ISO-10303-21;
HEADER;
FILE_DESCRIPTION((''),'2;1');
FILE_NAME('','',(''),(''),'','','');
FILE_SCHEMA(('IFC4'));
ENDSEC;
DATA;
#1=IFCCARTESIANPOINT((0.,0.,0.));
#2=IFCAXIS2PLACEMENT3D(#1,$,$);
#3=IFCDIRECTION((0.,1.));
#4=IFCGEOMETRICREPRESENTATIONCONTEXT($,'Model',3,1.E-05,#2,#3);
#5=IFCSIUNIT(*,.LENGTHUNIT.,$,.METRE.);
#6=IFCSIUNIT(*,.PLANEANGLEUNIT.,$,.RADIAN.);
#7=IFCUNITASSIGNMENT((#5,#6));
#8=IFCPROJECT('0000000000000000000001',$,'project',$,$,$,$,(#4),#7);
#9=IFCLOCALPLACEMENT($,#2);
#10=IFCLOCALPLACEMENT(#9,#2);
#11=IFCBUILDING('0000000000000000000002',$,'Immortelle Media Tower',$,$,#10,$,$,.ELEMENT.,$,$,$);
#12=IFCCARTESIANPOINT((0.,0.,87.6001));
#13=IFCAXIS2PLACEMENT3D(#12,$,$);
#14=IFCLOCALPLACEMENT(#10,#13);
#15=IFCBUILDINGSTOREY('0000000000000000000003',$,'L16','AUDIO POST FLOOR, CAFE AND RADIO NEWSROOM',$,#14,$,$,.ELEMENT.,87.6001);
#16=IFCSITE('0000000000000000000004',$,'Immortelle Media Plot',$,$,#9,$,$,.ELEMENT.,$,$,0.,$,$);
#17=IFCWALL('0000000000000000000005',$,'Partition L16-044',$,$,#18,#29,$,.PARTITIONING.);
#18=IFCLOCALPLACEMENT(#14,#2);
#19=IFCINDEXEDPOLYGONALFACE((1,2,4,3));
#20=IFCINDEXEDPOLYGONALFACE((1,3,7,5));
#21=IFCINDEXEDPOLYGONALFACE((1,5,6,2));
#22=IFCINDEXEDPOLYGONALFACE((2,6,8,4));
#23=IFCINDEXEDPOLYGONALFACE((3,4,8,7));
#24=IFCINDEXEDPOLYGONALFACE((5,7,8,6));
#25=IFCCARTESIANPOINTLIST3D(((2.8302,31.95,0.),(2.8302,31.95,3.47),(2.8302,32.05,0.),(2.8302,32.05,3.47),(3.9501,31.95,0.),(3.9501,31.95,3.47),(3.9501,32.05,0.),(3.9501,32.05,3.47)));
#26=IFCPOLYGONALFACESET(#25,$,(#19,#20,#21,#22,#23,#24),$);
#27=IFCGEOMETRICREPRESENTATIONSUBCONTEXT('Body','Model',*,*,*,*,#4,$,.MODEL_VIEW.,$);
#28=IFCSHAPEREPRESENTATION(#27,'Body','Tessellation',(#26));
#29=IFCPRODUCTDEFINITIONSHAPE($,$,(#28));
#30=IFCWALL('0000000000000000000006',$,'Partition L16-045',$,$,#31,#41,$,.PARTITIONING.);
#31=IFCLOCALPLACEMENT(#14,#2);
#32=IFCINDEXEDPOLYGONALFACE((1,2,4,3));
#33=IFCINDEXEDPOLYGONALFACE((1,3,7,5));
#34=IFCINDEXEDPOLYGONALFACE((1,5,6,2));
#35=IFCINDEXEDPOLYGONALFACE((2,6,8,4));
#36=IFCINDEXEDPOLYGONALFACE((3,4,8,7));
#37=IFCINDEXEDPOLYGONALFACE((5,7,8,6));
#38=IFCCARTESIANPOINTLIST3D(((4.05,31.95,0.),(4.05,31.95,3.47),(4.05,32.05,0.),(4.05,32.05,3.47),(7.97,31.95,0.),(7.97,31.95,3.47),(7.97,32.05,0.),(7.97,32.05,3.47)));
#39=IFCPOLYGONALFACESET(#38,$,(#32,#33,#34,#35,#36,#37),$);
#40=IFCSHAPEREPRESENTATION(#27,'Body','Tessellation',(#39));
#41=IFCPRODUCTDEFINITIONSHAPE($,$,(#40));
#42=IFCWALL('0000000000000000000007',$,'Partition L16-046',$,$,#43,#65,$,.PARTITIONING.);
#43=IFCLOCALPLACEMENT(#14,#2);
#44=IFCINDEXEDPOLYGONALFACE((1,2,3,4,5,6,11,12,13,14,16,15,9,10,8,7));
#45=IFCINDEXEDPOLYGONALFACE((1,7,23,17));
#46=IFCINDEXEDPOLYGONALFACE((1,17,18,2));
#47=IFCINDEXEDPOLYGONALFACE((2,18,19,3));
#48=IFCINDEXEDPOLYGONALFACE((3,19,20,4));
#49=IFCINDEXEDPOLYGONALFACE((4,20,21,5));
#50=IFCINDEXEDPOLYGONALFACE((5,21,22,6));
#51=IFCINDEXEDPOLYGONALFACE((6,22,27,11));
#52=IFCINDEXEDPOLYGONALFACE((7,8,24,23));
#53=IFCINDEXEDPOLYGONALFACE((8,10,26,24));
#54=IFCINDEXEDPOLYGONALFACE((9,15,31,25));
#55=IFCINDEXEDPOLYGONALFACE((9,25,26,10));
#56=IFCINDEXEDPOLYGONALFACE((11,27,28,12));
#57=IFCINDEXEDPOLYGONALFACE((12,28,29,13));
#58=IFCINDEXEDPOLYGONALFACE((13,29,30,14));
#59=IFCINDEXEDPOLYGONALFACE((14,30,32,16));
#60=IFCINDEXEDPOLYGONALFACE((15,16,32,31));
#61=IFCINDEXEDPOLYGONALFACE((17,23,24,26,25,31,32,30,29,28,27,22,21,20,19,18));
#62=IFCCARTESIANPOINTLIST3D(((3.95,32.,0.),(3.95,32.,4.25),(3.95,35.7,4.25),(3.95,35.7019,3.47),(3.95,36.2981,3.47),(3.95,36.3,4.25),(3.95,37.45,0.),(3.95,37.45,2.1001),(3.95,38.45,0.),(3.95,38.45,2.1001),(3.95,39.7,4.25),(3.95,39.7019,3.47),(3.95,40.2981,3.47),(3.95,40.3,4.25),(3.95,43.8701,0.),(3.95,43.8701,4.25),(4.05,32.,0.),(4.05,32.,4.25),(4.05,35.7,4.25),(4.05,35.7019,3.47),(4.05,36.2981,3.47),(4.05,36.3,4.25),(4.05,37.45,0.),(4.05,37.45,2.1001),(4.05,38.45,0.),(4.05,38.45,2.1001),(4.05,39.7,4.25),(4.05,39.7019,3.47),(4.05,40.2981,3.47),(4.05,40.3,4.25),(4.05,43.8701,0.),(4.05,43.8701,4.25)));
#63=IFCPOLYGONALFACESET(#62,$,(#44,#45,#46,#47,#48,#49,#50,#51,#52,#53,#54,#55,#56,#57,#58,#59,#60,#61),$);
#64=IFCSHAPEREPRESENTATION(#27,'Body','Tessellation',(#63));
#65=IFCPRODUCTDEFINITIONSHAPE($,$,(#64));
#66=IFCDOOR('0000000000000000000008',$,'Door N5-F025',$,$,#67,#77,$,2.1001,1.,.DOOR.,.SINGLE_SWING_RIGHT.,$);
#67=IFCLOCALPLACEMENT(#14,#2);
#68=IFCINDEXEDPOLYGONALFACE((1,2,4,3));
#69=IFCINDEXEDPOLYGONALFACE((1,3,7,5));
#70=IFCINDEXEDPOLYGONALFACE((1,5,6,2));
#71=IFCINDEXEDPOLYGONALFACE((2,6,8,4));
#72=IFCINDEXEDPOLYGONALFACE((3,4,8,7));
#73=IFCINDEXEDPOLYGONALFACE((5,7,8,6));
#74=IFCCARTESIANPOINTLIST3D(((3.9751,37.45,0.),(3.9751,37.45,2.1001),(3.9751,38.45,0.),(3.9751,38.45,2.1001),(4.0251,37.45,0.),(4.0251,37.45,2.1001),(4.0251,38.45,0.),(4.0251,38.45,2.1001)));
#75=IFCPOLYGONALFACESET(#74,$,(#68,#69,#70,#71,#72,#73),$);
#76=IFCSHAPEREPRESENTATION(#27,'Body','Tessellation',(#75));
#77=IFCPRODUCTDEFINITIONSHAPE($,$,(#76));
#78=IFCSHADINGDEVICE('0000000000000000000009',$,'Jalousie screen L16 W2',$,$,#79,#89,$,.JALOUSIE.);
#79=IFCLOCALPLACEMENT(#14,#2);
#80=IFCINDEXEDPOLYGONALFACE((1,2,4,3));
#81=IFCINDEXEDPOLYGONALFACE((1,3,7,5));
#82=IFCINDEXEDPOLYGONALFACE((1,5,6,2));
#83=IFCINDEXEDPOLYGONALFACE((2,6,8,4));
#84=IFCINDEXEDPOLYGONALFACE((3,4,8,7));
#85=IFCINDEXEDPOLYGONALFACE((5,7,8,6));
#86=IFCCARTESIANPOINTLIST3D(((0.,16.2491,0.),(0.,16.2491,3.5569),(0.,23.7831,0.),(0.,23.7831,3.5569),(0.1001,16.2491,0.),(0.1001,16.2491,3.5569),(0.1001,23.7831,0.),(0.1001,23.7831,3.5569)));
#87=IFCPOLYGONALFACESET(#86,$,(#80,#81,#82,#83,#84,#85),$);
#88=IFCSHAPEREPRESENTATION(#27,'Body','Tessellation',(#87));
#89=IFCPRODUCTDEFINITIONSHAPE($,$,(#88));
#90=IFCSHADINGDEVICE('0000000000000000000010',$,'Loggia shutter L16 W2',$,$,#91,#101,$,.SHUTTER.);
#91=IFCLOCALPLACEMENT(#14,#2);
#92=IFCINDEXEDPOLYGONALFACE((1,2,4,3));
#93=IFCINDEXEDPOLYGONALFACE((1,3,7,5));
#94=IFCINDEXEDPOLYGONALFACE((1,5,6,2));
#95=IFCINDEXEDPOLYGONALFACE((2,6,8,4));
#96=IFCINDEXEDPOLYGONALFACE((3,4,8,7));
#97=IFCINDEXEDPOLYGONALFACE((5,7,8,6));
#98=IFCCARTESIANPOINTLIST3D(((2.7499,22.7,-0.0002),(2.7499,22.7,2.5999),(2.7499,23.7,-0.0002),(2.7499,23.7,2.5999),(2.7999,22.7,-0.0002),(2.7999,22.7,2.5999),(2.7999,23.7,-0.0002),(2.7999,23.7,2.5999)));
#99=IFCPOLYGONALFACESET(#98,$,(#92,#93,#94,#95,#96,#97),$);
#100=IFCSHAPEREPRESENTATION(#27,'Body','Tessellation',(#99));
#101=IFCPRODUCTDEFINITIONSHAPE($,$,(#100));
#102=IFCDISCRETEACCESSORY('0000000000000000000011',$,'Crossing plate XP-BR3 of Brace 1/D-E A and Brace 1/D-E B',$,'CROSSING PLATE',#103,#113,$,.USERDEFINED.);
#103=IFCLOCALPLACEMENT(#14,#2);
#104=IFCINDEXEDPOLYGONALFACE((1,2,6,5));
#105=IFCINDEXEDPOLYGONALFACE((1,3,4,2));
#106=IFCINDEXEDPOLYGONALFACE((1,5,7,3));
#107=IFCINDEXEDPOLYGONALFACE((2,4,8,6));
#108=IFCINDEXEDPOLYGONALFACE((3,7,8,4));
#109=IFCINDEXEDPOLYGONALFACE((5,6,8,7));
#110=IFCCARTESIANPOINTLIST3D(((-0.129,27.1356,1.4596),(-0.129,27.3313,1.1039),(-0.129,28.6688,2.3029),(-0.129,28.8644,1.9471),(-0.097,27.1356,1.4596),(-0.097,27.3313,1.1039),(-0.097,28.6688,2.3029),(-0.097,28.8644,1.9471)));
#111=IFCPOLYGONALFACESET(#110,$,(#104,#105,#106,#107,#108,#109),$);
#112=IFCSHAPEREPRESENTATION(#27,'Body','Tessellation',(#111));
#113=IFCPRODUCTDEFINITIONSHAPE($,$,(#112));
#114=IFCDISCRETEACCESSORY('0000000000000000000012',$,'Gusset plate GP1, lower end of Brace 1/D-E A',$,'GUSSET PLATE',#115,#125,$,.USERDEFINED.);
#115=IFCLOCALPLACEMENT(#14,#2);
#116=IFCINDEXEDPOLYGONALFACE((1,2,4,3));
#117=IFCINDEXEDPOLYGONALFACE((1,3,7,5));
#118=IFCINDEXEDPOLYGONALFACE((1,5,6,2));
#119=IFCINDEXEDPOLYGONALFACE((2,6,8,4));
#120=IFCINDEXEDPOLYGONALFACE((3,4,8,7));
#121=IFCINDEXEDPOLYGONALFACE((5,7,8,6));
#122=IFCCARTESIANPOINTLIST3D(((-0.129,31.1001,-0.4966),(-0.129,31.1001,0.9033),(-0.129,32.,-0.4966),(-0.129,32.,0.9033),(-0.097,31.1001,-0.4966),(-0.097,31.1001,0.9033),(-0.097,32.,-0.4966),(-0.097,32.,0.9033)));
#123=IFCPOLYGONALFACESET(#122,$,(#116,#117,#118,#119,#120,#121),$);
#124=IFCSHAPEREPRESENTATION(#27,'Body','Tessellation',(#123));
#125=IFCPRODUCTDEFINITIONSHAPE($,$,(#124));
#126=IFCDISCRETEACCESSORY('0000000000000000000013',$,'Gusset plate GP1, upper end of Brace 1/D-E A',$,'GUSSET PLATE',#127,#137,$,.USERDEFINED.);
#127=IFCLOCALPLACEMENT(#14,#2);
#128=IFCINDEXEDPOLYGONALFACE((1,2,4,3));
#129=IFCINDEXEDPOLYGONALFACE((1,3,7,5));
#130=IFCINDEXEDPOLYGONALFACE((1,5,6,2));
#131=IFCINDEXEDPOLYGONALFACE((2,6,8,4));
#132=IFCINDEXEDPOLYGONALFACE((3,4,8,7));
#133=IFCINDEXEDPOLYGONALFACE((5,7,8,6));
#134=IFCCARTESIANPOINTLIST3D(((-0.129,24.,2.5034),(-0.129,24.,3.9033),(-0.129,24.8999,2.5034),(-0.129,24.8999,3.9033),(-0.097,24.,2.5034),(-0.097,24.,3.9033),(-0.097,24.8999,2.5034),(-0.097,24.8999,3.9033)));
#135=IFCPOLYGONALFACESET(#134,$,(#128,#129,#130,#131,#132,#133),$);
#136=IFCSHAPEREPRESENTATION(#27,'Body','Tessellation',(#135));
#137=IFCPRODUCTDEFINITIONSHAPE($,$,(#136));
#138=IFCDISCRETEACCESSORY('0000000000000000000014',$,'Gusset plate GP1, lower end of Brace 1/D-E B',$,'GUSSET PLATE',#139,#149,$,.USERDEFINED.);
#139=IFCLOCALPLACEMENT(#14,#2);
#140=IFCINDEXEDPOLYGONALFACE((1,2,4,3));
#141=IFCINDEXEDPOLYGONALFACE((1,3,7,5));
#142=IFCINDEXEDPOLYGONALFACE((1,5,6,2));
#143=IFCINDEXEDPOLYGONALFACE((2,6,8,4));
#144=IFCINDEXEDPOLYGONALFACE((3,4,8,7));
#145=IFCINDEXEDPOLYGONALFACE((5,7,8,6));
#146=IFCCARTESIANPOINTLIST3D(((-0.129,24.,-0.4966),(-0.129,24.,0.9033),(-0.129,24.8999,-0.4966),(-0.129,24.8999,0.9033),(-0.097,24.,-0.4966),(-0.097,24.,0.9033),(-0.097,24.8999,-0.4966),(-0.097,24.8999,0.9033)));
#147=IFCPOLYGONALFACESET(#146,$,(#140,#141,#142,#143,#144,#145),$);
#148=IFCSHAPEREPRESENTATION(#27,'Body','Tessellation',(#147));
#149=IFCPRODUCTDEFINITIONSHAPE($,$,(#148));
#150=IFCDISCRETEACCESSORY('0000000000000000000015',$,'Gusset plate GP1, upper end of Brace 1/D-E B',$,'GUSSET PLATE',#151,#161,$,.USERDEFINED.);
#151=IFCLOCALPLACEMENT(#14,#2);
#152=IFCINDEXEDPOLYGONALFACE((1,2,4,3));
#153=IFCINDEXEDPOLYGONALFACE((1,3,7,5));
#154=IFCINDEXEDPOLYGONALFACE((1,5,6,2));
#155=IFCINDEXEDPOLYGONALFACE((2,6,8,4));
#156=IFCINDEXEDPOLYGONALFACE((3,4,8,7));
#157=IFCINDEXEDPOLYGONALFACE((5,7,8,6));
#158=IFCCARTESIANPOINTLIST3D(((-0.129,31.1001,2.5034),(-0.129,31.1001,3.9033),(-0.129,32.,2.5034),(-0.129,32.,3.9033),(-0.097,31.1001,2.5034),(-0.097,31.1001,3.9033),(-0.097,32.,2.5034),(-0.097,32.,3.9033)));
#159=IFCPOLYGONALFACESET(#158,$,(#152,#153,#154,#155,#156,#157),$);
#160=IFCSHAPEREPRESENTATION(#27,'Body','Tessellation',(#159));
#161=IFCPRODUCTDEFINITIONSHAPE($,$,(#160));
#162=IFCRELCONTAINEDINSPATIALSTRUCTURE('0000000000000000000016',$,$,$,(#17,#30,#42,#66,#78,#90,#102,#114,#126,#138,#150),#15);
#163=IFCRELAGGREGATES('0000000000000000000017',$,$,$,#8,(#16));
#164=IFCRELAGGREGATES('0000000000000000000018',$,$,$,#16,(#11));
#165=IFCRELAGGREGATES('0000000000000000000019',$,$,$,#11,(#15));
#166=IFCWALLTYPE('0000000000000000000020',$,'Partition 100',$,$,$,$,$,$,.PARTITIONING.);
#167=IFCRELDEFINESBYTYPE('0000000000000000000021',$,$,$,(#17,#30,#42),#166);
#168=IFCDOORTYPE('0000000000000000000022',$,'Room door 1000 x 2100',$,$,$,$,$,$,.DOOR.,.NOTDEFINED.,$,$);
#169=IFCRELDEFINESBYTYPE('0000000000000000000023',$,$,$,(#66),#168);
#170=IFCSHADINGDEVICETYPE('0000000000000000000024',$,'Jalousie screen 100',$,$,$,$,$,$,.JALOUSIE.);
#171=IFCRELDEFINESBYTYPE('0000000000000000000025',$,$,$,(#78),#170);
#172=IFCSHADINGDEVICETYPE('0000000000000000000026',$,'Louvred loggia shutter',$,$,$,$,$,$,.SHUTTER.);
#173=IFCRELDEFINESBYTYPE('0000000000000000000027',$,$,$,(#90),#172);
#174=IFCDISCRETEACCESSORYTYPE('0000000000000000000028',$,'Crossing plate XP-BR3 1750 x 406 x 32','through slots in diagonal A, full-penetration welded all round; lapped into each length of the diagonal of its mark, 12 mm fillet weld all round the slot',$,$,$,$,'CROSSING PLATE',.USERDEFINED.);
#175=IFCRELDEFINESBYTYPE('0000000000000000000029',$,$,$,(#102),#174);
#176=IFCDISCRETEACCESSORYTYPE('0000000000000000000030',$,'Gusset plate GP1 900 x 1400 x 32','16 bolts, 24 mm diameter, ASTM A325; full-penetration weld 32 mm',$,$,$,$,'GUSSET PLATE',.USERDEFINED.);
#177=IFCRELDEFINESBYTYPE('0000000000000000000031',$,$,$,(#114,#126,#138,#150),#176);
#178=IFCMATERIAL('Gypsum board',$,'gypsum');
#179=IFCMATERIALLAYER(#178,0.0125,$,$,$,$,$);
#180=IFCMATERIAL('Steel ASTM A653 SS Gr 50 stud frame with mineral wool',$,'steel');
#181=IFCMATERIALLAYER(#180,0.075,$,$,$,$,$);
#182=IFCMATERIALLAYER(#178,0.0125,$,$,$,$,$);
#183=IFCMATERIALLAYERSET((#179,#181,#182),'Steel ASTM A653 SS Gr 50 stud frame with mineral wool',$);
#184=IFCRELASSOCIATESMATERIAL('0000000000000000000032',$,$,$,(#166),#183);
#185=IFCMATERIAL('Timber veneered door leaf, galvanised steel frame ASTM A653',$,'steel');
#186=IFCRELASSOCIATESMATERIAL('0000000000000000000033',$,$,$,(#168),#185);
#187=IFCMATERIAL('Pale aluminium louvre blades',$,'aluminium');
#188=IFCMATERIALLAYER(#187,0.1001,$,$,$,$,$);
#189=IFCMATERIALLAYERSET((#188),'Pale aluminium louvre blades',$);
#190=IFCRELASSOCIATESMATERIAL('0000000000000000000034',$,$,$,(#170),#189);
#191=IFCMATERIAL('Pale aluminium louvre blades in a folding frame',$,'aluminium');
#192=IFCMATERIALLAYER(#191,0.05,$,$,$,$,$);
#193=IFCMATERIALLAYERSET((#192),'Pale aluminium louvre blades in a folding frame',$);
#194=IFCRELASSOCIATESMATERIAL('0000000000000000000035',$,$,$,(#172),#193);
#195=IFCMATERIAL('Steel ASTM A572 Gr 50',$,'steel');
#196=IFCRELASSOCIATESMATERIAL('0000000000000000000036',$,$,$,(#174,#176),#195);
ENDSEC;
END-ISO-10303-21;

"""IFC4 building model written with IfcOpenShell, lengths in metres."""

from ifc_helpers import new_model, si_unit, direction, frame, frame_2d, origin, origin_2d, place, context, subcontext, project, spatial, polyline, rectangle, outline, extrude, material, layer, layer_set, material_profile, profile_set, type_object, element, fill, save


model = new_model("IFC4")

# Units and contexts
model_context = context("Model", 3, precision=1e-05, world=origin(), true_north=direction((0.0, 1.0)))
body_context = subcontext(model_context, "Body", "Model", "MODEL_VIEW")
ifc_project = project(units=[si_unit("LENGTHUNIT", "METRE"), si_unit("PLANEANGLEUNIT", "RADIAN")], contexts=[model_context])

# Site, building, storey
site_placement = place(None, origin())
site = spatial("IfcSite", under=ifc_project, at=site_placement, Name="Immortelle Media Plot", CompositionType="ELEMENT", RefElevation=0.0)
building_placement = place(site_placement, origin())
building = spatial("IfcBuilding", under=site, at=building_placement, Name="Immortelle Media Tower", CompositionType="ELEMENT")
storey_placement = place(building_placement, frame((0.0, 0.0, 87.6001)))
storey = spatial("IfcBuildingStorey", under=building, at=storey_placement, Name="L16", Description="AUDIO POST FLOOR, CAFE AND RADIO NEWSROOM", CompositionType="ELEMENT", Elevation=87.6001)

# Shared definitions
ifc_material_1 = material(Name="Steel ASTM A653 SS Gr 50 stud frame with mineral wool", Category="steel")

# Walls
ifc_material_2 = material(Name="Gypsum board", Category="gypsum")
ifc_layer_1 = layer(ifc_material_2, 0.0125)
ifc_layer_2 = layer(ifc_material_1, 0.075)
ifc_layer_3 = layer(ifc_material_2, 0.0125)
ifc_layer_set_1 = layer_set([ifc_layer_1, ifc_layer_2, ifc_layer_3], Name="Steel ASTM A653 SS Gr 50 stud frame with mineral wool")
wall_type_1 = type_object("IfcWallType", Name="Partition 100", PredefinedType="PARTITIONING", material=ifc_layer_set_1)
wall_1_placement = place(storey_placement, frame((2.8301, 32.0, 0.0), z_axis=(0.0, 0.0, 1.0), x_axis=(1.0, 0.0, 0.0)))
element("IfcWall", 1, at=wall_1_placement, inside=storey, type_object=wall_type_1, Name="Partition L16-044", PredefinedType="PARTITIONING", context=body_context, shape_type="SweptSolid", body=[
    extrude(rectangle(XDim=1.1199, YDim=0.1001, at=frame_2d((0.5601, 0.0))), origin(), (0.0, 0.0, 1.0), 3.47),
])
wall_2_placement = place(storey_placement, frame((4.05, 32.0, 0.0), z_axis=(0.0, 0.0, 1.0), x_axis=(1.0, 0.0, 0.0)))
element("IfcWall", 2, at=wall_2_placement, inside=storey, type_object=wall_type_1, Name="Partition L16-045", PredefinedType="PARTITIONING", context=body_context, shape_type="SweptSolid", body=[
    extrude(rectangle(XDim=3.9199, YDim=0.1001, at=frame_2d((1.96, 0.0))), origin(), (0.0, 0.0, 1.0), 3.47),
])

# Wall, opening, door
wall_3_placement = place(storey_placement, frame((4.0, 32.0, 0.0), z_axis=(0.0, 0.0, 1.0), x_axis=(0.0, 1.0, 0.0)))
wall_3 = element("IfcWall", 3, at=wall_3_placement, inside=storey, type_object=wall_type_1, Name="Partition L16-046", PredefinedType="PARTITIONING", context=body_context, shape_type="SweptSolid", body=[
    extrude(outline(polyline([(0.0, 0.0), (11.8701, 0.0), (11.8701, 4.25), (8.3, 4.25), (8.2981, 3.47), (7.7019, 3.47), (7.7, 4.25), (4.3, 4.25), (4.2981, 3.47), (3.7019, 3.47), (3.7, 4.25), (0.0, 4.25), (0.0, 0.0)])), frame((0.0, 0.05, 0.0), z_axis=(0.0, -1.0, 0.0), x_axis=(1.0, 0.0, 0.0)), (0.0, 0.0, 1.0), 0.1001),
])
opening_1_placement = place(wall_3_placement, frame((5.45, 0.0, 0.0)))
opening_1 = element("IfcOpeningElement", 4, at=opening_1_placement, cuts=wall_3, PredefinedType="OPENING", context=body_context, shape_type="SweptSolid", body=[
    extrude(rectangle(XDim=1.0, YDim=2.1001, at=frame_2d((0.5, 1.05))), frame((0.0, 0.0601, 0.0), z_axis=(0.0, -1.0, 0.0), x_axis=(1.0, 0.0, 0.0)), (0.0, 0.0, 1.0), 0.1201),
])
ifc_material_3 = material(Name="Timber veneered door leaf, galvanised steel frame ASTM A653", Category="steel")
door_type_1 = type_object("IfcDoorType", Name="Room door 1000 x 2100", OperationType="NOTDEFINED", PredefinedType="DOOR", material=ifc_material_3)
door_1_placement = place(opening_1_placement, origin())
door_1 = element("IfcDoor", 5, at=door_1_placement, inside=storey, type_object=door_type_1, Name="Door N5-F025", OperationType="SINGLE_SWING_RIGHT", OverallHeight=2.1001, OverallWidth=1.0, PredefinedType="DOOR", context=body_context, shape_type="SweptSolid", body=[
    extrude(rectangle(XDim=1.0, YDim=2.1001, at=frame_2d((0.5, 1.05))), frame((0.0, 0.0249, 0.0), z_axis=(0.0, -1.0, 0.0), x_axis=(1.0, 0.0, 0.0)), (0.0, 0.0, 1.0), 0.05),
])
fill(opening_1, door_1)

# Shading devices
ifc_material_4 = material(Name="Pale aluminium louvre blades", Category="aluminium")
ifc_layer_4 = layer(ifc_material_4, 0.1001)
ifc_layer_set_2 = layer_set([ifc_layer_4], Name="Pale aluminium louvre blades")
shading_device_type_1 = type_object("IfcShadingDeviceType", Name="Jalousie screen 100", PredefinedType="JALOUSIE", material=ifc_layer_set_2)
shading_device_1_placement = place(storey_placement, frame((0.05, 20.0161, 0.0), z_axis=(0.0, 0.0, 1.0), x_axis=(0.0, -1.0, 0.0)))
element("IfcShadingDevice", 6, at=shading_device_1_placement, inside=storey, type_object=shading_device_type_1, Name="Jalousie screen L16 W2", PredefinedType="JALOUSIE", context=body_context, shape_type="SweptSolid", body=[
    extrude(rectangle(XDim=7.5339, YDim=0.1001, at=origin_2d()), origin(), (0.0, 0.0, 1.0), 3.5569),
])
ifc_material_5 = material(Name="Pale aluminium louvre blades in a folding frame", Category="aluminium")
ifc_layer_5 = layer(ifc_material_5, 0.05)
ifc_layer_set_3 = layer_set([ifc_layer_5], Name="Pale aluminium louvre blades in a folding frame")
shading_device_type_2 = type_object("IfcShadingDeviceType", Name="Louvred loggia shutter", PredefinedType="SHUTTER", material=ifc_layer_set_3)
shading_device_2_placement = place(storey_placement, frame((2.7749, 23.2, -0.0002), z_axis=(0.0, 0.0, 1.0), x_axis=(0.0, -1.0, 0.0)))
element("IfcShadingDevice", 7, at=shading_device_2_placement, inside=storey, type_object=shading_device_type_2, Name="Loggia shutter L16 W2", PredefinedType="SHUTTER", context=body_context, shape_type="SweptSolid", body=[
    extrude(rectangle(XDim=1.0, YDim=0.05, at=origin_2d()), origin(), (0.0, 0.0, 1.0), 2.6001),
])

# Discrete accessories
ifc_material_6 = material(Name="Steel ASTM A572 Gr 50", Category="steel")
ifc_material_profile_1 = material_profile(ifc_material_6, rectangle(XDim=0.032, YDim=0.406, at=origin_2d()), Name="PL 32 x 406")
ifc_profile_set_1 = profile_set([ifc_material_profile_1], Name="Steel ASTM A572 Gr 50")
discrete_accessory_type_1 = type_object("IfcDiscreteAccessoryType", Name="Crossing plate XP-BR3 1750 x 406 x 32", Description="through slots in diagonal A, full-penetration welded all round; lapped into each length of the diagonal of its mark, 12 mm fillet weld all round the slot", ElementType="CROSSING PLATE", PredefinedType="USERDEFINED", material=ifc_profile_set_1)
discrete_accessory_placement = place(storey_placement, frame((-0.113, 28.7666, 2.125), z_axis=(0.0, -0.876216, -0.481919), x_axis=(1.0, 0.0, 0.0)))
element("IfcDiscreteAccessory", 8, at=discrete_accessory_placement, inside=storey, type_object=discrete_accessory_type_1, Name="Crossing plate XP-BR3 of Brace 1/D-E A and Brace 1/D-E B", ObjectType="CROSSING PLATE", PredefinedType="USERDEFINED", context=body_context, shape_type="SweptSolid", body=[
    extrude(rectangle(XDim=0.032, YDim=0.406, at=origin_2d()), origin(), (0.0, 0.0, 1.0), 1.7498),
])
ifc_material_profile_2 = material_profile(ifc_material_6, rectangle(XDim=0.032, YDim=1.3999, at=origin_2d()), Name="PL 32 x 1400")
ifc_profile_set_2 = profile_set([ifc_material_profile_2], Name="Steel ASTM A572 Gr 50")
discrete_accessory_type_2 = type_object("IfcDiscreteAccessoryType", Name="Gusset plate GP1 900 x 1400 x 32", Description="16 bolts, 24 mm diameter, ASTM A325; full-penetration weld 32 mm", ElementType="GUSSET PLATE", PredefinedType="USERDEFINED", material=ifc_profile_set_2)
for number, where, z_axis, x_axis, name in (
    (9, (-0.113, 32.0, 0.2034), (0.0, -1.0, 0.0), (1.0, 0.0, 0.0), "Gusset plate GP1, lower end of Brace 1/D-E A"),
    (10, (-0.113, 24.0, 3.2034), (0.0, 1.0, 0.0), (-1.0, 0.0, 0.0), "Gusset plate GP1, upper end of Brace 1/D-E A"),
    (11, (-0.113, 24.0, 0.2034), (0.0, 1.0, 0.0), (-1.0, 0.0, 0.0), "Gusset plate GP1, lower end of Brace 1/D-E B"),
    (12, (-0.113, 32.0, 3.2034), (0.0, -1.0, 0.0), (1.0, 0.0, 0.0), "Gusset plate GP1, upper end of Brace 1/D-E B"),
):
    element("IfcDiscreteAccessory", number, at=place(storey_placement, frame(where, z_axis=z_axis, x_axis=x_axis)), inside=storey, type_object=discrete_accessory_type_2, Name=name, ObjectType="GUSSET PLATE", PredefinedType="USERDEFINED", context=body_context, shape_type="SweptSolid", body=[
        extrude(rectangle(XDim=0.032, YDim=1.3999, at=origin_2d()), origin(), (0.0, 0.0, 1.0), 0.8999),
    ])

save(model, "model.ifc")
